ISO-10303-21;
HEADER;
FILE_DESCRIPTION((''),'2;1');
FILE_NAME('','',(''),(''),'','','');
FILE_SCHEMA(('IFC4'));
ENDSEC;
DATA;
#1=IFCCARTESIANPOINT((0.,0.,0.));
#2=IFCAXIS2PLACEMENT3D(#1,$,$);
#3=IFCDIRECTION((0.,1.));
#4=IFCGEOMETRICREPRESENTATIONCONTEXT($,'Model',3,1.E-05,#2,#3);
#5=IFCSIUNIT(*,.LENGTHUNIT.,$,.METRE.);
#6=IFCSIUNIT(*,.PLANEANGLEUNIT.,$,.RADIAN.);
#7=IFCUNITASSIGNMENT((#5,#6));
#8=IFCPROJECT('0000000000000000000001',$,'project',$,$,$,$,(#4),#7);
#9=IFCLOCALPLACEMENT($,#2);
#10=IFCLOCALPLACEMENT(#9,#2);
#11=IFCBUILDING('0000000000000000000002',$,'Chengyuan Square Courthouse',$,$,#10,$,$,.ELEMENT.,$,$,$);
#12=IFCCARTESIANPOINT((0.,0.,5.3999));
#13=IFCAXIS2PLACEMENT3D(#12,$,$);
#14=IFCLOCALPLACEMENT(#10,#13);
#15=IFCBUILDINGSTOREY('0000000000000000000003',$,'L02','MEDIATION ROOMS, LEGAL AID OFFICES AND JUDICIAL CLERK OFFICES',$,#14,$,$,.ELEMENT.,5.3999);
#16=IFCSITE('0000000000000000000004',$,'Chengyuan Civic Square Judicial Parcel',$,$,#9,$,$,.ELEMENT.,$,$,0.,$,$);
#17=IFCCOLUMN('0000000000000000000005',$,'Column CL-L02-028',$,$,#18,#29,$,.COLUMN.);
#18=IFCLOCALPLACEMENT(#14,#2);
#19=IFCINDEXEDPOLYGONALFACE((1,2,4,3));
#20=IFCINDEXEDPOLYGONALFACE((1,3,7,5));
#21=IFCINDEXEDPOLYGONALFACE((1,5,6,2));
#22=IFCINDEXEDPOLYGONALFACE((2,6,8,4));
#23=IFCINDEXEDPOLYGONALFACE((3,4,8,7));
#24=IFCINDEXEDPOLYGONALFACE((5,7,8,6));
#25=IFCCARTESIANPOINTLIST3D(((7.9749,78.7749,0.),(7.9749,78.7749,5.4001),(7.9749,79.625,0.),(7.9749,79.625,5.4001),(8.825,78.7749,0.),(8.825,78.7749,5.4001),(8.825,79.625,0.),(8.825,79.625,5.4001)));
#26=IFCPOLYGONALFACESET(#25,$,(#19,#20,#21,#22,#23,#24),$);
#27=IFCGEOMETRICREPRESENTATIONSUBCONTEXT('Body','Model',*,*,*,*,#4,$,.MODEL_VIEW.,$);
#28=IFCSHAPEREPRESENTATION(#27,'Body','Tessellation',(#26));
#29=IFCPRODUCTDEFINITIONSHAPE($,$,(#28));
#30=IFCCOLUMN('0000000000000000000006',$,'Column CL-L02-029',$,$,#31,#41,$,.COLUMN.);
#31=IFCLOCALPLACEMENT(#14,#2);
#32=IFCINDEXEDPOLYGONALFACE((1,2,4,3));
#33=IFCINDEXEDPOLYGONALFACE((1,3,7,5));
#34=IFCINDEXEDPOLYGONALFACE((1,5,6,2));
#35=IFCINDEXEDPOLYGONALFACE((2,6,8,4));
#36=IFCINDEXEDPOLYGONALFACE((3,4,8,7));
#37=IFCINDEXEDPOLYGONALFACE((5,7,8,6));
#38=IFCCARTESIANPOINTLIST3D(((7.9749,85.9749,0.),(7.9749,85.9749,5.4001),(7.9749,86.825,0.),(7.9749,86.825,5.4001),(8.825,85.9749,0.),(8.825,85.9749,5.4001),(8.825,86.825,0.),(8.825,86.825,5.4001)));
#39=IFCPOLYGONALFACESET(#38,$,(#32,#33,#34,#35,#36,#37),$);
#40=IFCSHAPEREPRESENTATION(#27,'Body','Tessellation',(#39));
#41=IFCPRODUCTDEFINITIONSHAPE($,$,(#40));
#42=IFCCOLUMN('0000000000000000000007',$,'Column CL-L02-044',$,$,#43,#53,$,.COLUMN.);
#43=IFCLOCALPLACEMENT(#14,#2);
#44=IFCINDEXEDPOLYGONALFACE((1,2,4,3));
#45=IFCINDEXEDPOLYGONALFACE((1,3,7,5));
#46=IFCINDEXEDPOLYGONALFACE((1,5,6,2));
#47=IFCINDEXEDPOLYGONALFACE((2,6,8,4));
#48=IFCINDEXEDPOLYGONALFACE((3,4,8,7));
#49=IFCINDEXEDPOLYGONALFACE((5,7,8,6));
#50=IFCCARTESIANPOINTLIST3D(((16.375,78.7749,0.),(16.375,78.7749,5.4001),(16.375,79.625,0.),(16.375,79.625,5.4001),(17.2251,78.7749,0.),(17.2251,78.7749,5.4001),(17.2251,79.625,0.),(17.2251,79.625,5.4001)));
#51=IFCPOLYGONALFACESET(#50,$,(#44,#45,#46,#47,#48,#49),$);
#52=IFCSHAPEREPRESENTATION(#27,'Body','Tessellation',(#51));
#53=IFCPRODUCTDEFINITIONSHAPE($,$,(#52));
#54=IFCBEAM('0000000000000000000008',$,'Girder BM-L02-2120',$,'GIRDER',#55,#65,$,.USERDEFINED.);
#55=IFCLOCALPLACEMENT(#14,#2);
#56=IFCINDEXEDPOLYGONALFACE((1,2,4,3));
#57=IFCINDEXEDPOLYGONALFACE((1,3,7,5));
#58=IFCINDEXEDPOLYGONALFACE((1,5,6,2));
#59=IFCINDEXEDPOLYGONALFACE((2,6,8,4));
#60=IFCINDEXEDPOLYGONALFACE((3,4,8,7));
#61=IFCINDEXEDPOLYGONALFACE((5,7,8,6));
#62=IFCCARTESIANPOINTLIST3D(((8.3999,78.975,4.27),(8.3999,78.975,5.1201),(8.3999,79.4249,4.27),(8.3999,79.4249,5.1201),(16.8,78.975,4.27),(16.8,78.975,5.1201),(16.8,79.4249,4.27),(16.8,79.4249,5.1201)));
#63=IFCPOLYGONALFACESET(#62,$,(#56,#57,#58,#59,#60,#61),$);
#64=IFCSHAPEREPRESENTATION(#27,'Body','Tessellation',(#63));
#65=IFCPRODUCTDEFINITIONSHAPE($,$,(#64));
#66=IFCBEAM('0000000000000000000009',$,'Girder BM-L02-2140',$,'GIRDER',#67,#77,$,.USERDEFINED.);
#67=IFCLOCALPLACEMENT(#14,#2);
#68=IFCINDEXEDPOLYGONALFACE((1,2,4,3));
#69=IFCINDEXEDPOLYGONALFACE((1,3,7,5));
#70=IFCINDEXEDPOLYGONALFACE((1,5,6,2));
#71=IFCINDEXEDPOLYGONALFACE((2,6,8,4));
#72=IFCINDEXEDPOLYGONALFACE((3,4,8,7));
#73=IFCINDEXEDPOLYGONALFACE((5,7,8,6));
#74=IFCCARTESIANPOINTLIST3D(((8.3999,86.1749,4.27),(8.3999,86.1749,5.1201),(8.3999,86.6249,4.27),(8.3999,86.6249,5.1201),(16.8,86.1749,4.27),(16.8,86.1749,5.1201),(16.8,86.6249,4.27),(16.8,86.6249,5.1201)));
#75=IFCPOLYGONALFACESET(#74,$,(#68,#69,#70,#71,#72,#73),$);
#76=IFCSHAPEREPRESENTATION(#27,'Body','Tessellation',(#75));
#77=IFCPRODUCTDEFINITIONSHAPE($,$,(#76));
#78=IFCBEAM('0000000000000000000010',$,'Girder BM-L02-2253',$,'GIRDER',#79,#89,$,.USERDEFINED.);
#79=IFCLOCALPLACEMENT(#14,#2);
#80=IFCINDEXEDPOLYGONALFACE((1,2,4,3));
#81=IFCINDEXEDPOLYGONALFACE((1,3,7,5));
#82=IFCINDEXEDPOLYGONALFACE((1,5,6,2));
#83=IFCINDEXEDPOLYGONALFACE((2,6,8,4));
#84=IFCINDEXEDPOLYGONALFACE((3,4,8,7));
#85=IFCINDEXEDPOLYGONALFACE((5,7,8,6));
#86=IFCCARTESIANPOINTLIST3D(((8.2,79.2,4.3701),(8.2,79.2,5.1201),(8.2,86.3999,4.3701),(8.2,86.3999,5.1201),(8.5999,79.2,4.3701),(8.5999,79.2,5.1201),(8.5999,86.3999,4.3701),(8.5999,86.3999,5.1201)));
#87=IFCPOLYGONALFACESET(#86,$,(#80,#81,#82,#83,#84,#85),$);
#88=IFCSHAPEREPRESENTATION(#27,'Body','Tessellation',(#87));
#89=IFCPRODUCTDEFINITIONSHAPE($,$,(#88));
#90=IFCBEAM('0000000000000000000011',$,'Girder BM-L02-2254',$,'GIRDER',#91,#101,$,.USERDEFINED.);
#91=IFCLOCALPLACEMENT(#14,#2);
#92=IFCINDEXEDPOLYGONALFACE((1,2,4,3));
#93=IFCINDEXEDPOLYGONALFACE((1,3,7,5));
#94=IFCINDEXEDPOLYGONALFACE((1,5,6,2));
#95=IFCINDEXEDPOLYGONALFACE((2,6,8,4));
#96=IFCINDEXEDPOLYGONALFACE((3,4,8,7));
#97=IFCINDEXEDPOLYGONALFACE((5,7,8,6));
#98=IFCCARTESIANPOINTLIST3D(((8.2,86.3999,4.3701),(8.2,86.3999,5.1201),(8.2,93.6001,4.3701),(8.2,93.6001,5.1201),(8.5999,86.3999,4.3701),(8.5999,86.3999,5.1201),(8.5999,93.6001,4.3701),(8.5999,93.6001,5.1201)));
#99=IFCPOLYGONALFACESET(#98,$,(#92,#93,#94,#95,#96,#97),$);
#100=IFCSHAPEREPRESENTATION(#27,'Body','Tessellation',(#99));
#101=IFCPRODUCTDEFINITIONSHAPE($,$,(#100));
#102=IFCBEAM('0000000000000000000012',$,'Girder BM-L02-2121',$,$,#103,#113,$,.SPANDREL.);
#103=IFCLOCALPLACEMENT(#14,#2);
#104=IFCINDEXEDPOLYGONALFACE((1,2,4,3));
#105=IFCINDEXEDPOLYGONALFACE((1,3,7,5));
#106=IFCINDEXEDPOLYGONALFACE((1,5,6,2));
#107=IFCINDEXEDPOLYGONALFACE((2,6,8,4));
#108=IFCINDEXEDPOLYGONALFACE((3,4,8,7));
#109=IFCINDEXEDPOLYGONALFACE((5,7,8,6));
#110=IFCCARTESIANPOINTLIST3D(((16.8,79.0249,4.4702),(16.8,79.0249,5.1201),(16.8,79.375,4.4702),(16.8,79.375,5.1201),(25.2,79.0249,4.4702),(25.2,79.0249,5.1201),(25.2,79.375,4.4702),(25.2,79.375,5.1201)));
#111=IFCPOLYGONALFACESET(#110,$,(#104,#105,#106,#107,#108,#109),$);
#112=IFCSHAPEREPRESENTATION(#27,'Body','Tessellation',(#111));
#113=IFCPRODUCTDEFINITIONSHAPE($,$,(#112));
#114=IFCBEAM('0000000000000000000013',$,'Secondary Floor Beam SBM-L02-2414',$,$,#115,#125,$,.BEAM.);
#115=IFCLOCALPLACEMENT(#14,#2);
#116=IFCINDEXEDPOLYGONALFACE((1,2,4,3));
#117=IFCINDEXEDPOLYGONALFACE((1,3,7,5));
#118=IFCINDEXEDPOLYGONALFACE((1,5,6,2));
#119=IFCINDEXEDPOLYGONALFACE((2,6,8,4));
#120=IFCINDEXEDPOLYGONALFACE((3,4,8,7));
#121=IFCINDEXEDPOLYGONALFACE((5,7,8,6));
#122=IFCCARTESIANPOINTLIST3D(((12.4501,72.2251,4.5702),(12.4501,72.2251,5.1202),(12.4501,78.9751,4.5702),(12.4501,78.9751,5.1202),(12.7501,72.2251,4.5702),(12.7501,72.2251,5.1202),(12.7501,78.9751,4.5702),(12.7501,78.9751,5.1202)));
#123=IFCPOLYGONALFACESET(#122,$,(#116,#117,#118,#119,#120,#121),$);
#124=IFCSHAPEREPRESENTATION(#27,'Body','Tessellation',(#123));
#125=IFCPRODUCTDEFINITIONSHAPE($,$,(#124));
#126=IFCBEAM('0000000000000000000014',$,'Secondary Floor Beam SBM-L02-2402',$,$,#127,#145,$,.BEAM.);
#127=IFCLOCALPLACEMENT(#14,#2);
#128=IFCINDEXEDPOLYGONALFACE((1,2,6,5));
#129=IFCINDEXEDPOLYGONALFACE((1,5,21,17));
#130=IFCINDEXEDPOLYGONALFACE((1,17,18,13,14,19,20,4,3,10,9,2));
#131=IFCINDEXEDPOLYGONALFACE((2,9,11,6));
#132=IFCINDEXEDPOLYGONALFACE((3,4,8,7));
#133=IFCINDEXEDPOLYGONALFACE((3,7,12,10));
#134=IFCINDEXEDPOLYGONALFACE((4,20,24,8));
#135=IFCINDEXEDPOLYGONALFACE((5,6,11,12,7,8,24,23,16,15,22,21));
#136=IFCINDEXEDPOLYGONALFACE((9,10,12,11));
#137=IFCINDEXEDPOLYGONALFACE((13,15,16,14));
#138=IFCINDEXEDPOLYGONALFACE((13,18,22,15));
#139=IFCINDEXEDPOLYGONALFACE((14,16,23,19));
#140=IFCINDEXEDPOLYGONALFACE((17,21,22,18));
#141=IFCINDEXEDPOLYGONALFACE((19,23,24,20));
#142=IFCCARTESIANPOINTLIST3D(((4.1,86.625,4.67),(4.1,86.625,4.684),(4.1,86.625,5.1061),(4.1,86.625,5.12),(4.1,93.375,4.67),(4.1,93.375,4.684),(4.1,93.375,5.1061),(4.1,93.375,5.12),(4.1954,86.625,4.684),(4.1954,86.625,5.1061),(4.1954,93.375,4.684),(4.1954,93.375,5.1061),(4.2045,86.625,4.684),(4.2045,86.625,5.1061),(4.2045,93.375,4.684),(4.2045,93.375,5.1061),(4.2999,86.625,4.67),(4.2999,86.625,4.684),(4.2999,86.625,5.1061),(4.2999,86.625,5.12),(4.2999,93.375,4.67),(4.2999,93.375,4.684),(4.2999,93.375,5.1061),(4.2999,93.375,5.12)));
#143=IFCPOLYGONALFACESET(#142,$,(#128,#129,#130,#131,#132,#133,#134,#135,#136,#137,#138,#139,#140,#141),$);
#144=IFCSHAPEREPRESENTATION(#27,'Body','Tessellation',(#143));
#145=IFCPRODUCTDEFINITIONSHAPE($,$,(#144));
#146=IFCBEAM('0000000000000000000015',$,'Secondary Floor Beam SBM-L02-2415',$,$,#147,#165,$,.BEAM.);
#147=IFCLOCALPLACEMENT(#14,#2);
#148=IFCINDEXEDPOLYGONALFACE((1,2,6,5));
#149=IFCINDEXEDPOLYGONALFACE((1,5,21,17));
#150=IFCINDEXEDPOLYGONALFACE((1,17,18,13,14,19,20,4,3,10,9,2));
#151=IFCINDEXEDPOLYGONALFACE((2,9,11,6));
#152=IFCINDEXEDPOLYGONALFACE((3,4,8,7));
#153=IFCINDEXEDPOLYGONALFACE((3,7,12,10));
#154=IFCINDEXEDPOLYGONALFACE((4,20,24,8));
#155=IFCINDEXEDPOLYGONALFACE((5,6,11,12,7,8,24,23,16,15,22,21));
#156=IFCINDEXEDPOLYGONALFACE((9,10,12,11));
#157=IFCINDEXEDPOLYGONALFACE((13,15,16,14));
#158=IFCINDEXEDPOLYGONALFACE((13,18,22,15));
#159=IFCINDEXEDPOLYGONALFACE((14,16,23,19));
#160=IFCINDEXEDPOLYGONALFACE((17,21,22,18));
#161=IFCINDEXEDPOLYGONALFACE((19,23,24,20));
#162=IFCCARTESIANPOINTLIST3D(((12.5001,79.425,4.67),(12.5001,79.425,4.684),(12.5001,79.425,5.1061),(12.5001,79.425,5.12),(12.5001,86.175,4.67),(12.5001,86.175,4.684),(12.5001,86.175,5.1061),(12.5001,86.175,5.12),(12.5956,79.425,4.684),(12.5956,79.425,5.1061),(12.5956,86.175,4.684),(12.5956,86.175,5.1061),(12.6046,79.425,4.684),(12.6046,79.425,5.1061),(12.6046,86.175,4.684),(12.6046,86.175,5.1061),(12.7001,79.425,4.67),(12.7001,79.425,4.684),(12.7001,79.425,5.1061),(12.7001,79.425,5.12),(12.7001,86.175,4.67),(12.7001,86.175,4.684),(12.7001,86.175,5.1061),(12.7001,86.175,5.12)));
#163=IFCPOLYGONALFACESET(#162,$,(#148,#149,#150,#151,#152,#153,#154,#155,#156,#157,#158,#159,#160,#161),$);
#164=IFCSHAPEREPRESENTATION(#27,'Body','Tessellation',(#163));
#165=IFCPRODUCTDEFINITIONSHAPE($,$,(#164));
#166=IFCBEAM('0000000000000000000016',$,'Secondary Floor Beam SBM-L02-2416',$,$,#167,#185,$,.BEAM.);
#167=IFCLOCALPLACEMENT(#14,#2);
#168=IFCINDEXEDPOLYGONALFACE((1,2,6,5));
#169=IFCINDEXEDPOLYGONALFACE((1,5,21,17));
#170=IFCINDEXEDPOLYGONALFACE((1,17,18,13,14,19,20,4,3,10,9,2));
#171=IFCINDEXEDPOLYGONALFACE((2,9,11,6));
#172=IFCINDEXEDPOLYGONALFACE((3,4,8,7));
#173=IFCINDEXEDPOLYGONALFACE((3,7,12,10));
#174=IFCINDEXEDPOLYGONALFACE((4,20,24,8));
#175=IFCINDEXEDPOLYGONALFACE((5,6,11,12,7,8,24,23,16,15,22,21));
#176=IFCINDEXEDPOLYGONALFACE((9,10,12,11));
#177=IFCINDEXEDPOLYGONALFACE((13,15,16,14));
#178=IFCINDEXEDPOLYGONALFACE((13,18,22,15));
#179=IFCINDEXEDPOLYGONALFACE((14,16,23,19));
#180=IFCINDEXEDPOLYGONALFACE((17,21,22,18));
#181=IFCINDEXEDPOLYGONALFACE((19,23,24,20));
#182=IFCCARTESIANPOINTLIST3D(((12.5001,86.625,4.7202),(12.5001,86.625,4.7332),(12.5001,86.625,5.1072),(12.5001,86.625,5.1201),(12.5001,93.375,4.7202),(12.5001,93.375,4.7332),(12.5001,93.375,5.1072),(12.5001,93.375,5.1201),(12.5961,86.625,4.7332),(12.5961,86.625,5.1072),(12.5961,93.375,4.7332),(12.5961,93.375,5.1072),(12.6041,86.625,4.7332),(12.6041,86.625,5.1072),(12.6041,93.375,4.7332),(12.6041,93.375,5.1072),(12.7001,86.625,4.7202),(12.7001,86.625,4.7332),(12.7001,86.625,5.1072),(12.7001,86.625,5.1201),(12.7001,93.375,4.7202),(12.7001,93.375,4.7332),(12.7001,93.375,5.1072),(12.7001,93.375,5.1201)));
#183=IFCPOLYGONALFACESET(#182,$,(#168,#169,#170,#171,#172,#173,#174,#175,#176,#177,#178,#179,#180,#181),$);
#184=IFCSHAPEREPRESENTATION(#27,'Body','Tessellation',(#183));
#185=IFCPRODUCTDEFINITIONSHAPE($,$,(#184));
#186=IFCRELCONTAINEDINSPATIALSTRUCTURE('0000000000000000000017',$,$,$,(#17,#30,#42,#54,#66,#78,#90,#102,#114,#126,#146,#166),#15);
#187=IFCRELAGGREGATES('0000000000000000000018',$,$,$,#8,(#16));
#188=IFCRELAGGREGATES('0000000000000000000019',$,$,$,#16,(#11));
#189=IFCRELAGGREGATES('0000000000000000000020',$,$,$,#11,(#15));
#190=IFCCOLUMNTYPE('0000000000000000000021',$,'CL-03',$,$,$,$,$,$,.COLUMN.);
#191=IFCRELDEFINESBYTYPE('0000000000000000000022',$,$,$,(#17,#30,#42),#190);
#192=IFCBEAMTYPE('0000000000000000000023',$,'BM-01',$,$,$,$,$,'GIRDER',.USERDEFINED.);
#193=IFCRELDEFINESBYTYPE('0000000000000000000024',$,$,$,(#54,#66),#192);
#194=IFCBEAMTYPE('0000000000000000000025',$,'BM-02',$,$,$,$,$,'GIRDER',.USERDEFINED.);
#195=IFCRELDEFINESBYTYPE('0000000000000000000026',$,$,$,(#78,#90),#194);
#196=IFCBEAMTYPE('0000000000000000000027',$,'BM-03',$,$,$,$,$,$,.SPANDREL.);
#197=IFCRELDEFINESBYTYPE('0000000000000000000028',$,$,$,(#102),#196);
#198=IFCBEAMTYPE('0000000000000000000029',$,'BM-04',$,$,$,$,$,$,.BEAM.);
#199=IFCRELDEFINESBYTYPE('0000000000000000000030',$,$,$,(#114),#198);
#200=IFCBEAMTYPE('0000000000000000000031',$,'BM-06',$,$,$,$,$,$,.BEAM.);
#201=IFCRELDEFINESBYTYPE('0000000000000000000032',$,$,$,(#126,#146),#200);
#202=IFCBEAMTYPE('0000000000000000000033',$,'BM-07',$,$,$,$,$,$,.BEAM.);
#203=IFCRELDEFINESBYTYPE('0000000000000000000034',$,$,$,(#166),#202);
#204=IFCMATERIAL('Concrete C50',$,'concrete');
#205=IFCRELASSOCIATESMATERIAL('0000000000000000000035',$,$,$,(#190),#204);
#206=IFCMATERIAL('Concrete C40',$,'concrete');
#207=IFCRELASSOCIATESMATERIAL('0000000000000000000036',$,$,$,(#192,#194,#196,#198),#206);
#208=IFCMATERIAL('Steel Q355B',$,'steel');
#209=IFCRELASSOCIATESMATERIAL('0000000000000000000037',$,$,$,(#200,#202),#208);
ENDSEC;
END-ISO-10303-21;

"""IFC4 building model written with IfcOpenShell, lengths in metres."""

from ifc_helpers import new_model, si_unit, direction, frame, origin, origin_2d, place, context, subcontext, project, spatial, rectangle, i_section, extrude, material, material_profile, profile_set, type_object, element, save


model = new_model("IFC4")

# Units and contexts
model_context = context("Model", 3, precision=1e-05, world=origin(), true_north=direction((0.0, 1.0)))
body_context = subcontext(model_context, "Body", "Model", "MODEL_VIEW")
ifc_project = project(units=[si_unit("LENGTHUNIT", "METRE"), si_unit("PLANEANGLEUNIT", "RADIAN")], contexts=[model_context])

# Site, building, storey
site_placement = place(None, origin())
site = spatial("IfcSite", under=ifc_project, at=site_placement, Name="Chengyuan Civic Square Judicial Parcel", CompositionType="ELEMENT", RefElevation=0.0)
building_placement = place(site_placement, origin())
building = spatial("IfcBuilding", under=site, at=building_placement, Name="Chengyuan Square Courthouse", CompositionType="ELEMENT")
storey_placement = place(building_placement, frame((0.0, 0.0, 5.3999)))
storey = spatial("IfcBuildingStorey", under=building, at=storey_placement, Name="L02", Description="MEDIATION ROOMS, LEGAL AID OFFICES AND JUDICIAL CLERK OFFICES", CompositionType="ELEMENT", Elevation=5.3999)

# Columns
ifc_material_1 = material(Name="Concrete C50", Category="concrete")
ifc_material_profile_1 = material_profile(ifc_material_1, rectangle(XDim=0.8501, YDim=0.8501, at=origin_2d()), Name="RC-COL-850x850")
ifc_profile_set_1 = profile_set([ifc_material_profile_1], Name="Concrete C50")
column_type = type_object("IfcColumnType", Name="CL-03", PredefinedType="COLUMN", material=ifc_profile_set_1)
for number, where, z_axis, x_axis, name in (
    (1, (8.3999, 79.2, 0.0), (0.0, 0.0, 1.0), (1.0, 0.0, 0.0), "Column CL-L02-028"),
    (2, (8.3999, 86.3999, 0.0), (0.0, 0.0, 1.0), (1.0, 0.0, 0.0), "Column CL-L02-029"),
    (3, (16.8, 79.2, 0.0), (0.0, 0.0, 1.0), (1.0, 0.0, 0.0), "Column CL-L02-044"),
):
    element("IfcColumn", number, at=place(storey_placement, frame(where, z_axis=z_axis, x_axis=x_axis)), inside=storey, type_object=column_type, Name=name, PredefinedType="COLUMN", context=body_context, shape_type="SweptSolid", body=[
        extrude(rectangle(XDim=0.8501, YDim=0.8501, at=origin_2d()), origin(), (0.0, 0.0, 1.0), 5.4001),
    ])

# Beams
ifc_material_2 = material(Name="Concrete C40", Category="concrete")
ifc_material_profile_2 = material_profile(ifc_material_2, rectangle(XDim=0.45, YDim=0.8501, at=origin_2d()), Name="RC-BM-450x850")
ifc_profile_set_2 = profile_set([ifc_material_profile_2], Name="Concrete C40")
beam_type_1 = type_object("IfcBeamType", Name="BM-01", ElementType="GIRDER", PredefinedType="USERDEFINED", material=ifc_profile_set_2)
for number, where, z_axis, x_axis, name in (
    (4, (8.3999, 79.2, 4.6951), (1.0, 0.0, 0.0), (0.0, 1.0, 0.0), "Girder BM-L02-2120"),
    (5, (8.3999, 86.3999, 4.6951), (1.0, 0.0, 0.0), (0.0, 1.0, 0.0), "Girder BM-L02-2140"),
):
    element("IfcBeam", number, at=place(storey_placement, frame(where, z_axis=z_axis, x_axis=x_axis)), inside=storey, type_object=beam_type_1, Name=name, ObjectType="GIRDER", PredefinedType="USERDEFINED", context=body_context, shape_type="SweptSolid", body=[
        extrude(rectangle(XDim=0.45, YDim=0.8501, at=origin_2d()), origin(), (0.0, 0.0, 1.0), 8.4001),
    ])
ifc_material_profile_3 = material_profile(ifc_material_2, rectangle(XDim=0.3999, YDim=0.75, at=origin_2d()), Name="RC-BM-400x750")
ifc_profile_set_3 = profile_set([ifc_material_profile_3], Name="Concrete C40")
beam_type_2 = type_object("IfcBeamType", Name="BM-02", ElementType="GIRDER", PredefinedType="USERDEFINED", material=ifc_profile_set_3)
beam_1_placement = place(storey_placement, frame((8.3999, 79.2, 4.7451), z_axis=(0.0, 1.0, 0.0), x_axis=(-1.0, 0.0, 0.0)))
element("IfcBeam", 6, at=beam_1_placement, inside=storey, type_object=beam_type_2, Name="Girder BM-L02-2253", ObjectType="GIRDER", PredefinedType="USERDEFINED", context=body_context, shape_type="SweptSolid", body=[
    extrude(rectangle(XDim=0.3999, YDim=0.75, at=origin_2d()), origin(), (0.0, 0.0, 1.0), 7.2),
])
beam_2_placement = place(storey_placement, frame((8.3999, 86.3999, 4.7451), z_axis=(0.0, 1.0, 0.0), x_axis=(-1.0, 0.0, 0.0)))
element("IfcBeam", 7, at=beam_2_placement, inside=storey, type_object=beam_type_2, Name="Girder BM-L02-2254", ObjectType="GIRDER", PredefinedType="USERDEFINED", context=body_context, shape_type="SweptSolid", body=[
    extrude(rectangle(XDim=0.3999, YDim=0.75, at=origin_2d()), origin(), (0.0, 0.0, 1.0), 7.2002),
])
ifc_material_profile_4 = material_profile(ifc_material_2, rectangle(XDim=0.3501, YDim=0.6499, at=origin_2d()), Name="RC-BM-350x650")
ifc_profile_set_4 = profile_set([ifc_material_profile_4], Name="Concrete C40")
beam_type_3 = type_object("IfcBeamType", Name="BM-03", PredefinedType="SPANDREL", material=ifc_profile_set_4)
beam_3_placement = place(storey_placement, frame((16.8, 79.2, 4.7952), z_axis=(1.0, 0.0, 0.0), x_axis=(0.0, 1.0, 0.0)))
element("IfcBeam", 8, at=beam_3_placement, inside=storey, type_object=beam_type_3, Name="Girder BM-L02-2121", PredefinedType="SPANDREL", context=body_context, shape_type="SweptSolid", body=[
    extrude(rectangle(XDim=0.3501, YDim=0.6499, at=origin_2d()), origin(), (0.0, 0.0, 1.0), 8.3999),
])
ifc_material_profile_5 = material_profile(ifc_material_2, rectangle(XDim=0.3, YDim=0.55, at=origin_2d()), Name="RC-BM-300x550")
ifc_profile_set_5 = profile_set([ifc_material_profile_5], Name="Concrete C40")
beam_type_4 = type_object("IfcBeamType", Name="BM-04", PredefinedType="BEAM", material=ifc_profile_set_5)
beam_4_placement = place(storey_placement, frame((12.6001, 72.2251, 4.8452), z_axis=(0.0, 1.0, 0.0), x_axis=(-1.0, 0.0, 0.0)))
element("IfcBeam", 9, at=beam_4_placement, inside=storey, type_object=beam_type_4, Name="Secondary Floor Beam SBM-L02-2414", PredefinedType="BEAM", context=body_context, shape_type="SweptSolid", body=[
    extrude(rectangle(XDim=0.3, YDim=0.55, at=origin_2d()), origin(), (0.0, 0.0, 1.0), 6.75),
])
ifc_material_3 = material(Name="Steel Q355B", Category="steel")
ifc_material_profile_6 = material_profile(ifc_material_3, i_section(OverallWidth=0.2, OverallDepth=0.45, WebThickness=0.009, FlangeThickness=0.0139, at=origin_2d()), Name="HN 450x200x9x14")
ifc_profile_set_6 = profile_set([ifc_material_profile_6], Name="Steel Q355B")
beam_type_5 = type_object("IfcBeamType", Name="BM-06", PredefinedType="BEAM", material=ifc_profile_set_6)
for number, where, z_axis, x_axis, name in (
    (10, (4.2, 86.625, 4.895), (0.0, 1.0, 0.0), (-1.0, 0.0, 0.0), "Secondary Floor Beam SBM-L02-2402"),
    (11, (12.6001, 79.425, 4.895), (0.0, 1.0, 0.0), (-1.0, 0.0, 0.0), "Secondary Floor Beam SBM-L02-2415"),
):
    element("IfcBeam", number, at=place(storey_placement, frame(where, z_axis=z_axis, x_axis=x_axis)), inside=storey, type_object=beam_type_5, Name=name, PredefinedType="BEAM", context=body_context, shape_type="SweptSolid", body=[
        extrude(i_section(OverallWidth=0.2, OverallDepth=0.45, WebThickness=0.009, FlangeThickness=0.0139, at=origin_2d()), origin(), (0.0, 0.0, 1.0), 6.75),
    ])
ifc_material_profile_7 = material_profile(ifc_material_3, i_section(OverallWidth=0.2, OverallDepth=0.3999, WebThickness=0.0081, FlangeThickness=0.0129, at=origin_2d()), Name="HN 400x200x8x13")
ifc_profile_set_7 = profile_set([ifc_material_profile_7], Name="Steel Q355B")
beam_type_6 = type_object("IfcBeamType", Name="BM-07", PredefinedType="BEAM", material=ifc_profile_set_7)
beam_5_placement = place(storey_placement, frame((12.6001, 86.625, 4.9202), z_axis=(0.0, 1.0, 0.0), x_axis=(-1.0, 0.0, 0.0)))
element("IfcBeam", 12, at=beam_5_placement, inside=storey, type_object=beam_type_6, Name="Secondary Floor Beam SBM-L02-2416", PredefinedType="BEAM", context=body_context, shape_type="SweptSolid", body=[
    extrude(i_section(OverallWidth=0.2, OverallDepth=0.3999, WebThickness=0.0081, FlangeThickness=0.0129, at=origin_2d()), origin(), (0.0, 0.0, 1.0), 6.75),
])

save(model, "model.ifc")
